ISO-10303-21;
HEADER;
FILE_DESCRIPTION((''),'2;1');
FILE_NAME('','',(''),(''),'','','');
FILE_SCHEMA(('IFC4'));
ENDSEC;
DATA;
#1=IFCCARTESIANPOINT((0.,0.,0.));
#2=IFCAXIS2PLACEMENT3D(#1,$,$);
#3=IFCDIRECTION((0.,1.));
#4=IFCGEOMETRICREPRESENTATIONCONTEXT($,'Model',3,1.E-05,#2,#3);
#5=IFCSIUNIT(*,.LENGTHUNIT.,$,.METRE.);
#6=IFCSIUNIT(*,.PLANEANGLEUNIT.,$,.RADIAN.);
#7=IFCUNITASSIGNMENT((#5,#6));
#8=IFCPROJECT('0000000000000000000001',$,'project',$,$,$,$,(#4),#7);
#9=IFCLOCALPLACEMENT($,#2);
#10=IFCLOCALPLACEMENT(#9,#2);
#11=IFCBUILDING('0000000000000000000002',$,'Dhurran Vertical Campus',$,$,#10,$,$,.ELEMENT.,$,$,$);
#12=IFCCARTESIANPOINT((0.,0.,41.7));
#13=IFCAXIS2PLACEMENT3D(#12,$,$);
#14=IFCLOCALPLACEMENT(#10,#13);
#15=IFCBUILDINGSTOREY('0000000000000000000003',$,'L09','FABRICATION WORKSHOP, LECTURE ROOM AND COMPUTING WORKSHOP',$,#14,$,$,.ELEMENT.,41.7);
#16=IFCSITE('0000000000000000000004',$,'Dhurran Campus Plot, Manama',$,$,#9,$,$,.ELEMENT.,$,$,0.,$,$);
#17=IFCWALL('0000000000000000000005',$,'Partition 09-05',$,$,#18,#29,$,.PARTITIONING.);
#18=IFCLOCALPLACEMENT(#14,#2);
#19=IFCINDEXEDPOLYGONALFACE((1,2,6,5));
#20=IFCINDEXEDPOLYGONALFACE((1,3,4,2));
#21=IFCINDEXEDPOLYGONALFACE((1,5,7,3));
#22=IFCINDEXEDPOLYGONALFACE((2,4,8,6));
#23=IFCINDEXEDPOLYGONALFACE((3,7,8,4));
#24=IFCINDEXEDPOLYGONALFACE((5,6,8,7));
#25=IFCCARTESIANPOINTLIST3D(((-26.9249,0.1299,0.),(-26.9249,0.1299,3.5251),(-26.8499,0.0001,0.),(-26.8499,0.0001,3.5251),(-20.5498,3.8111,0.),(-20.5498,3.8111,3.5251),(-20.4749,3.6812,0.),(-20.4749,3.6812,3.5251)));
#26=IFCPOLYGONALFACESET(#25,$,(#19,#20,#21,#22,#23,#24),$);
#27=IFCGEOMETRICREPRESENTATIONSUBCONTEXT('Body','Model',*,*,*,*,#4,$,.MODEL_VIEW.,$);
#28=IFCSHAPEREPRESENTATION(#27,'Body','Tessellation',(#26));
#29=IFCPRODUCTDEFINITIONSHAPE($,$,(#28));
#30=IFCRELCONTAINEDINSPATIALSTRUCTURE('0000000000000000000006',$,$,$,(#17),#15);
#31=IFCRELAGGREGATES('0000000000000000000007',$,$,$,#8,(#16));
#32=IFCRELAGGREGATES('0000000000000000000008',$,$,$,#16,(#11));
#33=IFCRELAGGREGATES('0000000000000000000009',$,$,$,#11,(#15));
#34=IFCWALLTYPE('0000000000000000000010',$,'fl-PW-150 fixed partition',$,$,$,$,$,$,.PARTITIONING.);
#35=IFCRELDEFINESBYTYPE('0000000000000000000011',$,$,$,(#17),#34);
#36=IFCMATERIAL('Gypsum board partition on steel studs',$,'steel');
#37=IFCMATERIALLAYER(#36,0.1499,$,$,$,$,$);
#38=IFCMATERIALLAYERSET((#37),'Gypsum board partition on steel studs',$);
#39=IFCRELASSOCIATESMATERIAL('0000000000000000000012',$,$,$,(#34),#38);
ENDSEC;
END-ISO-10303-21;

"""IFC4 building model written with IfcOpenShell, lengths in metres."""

from ifc_helpers import new_model, si_unit, direction, frame, frame_2d, origin, place, context, subcontext, project, spatial, rectangle, extrude, material, layer, layer_set, type_object, element, save


model = new_model("IFC4")

# Units and contexts
model_context = context("Model", 3, precision=1e-05, world=origin(), true_north=direction((0.0, 1.0)))
body_context = subcontext(model_context, "Body", "Model", "MODEL_VIEW")
ifc_project = project(units=[si_unit("LENGTHUNIT", "METRE"), si_unit("PLANEANGLEUNIT", "RADIAN")], contexts=[model_context])

# Site, building, storey
site_placement = place(None, origin())
site = spatial("IfcSite", under=ifc_project, at=site_placement, Name="Dhurran Campus Plot, Manama", CompositionType="ELEMENT", RefElevation=0.0)
building_placement = place(site_placement, origin())
building = spatial("IfcBuilding", under=site, at=building_placement, Name="Dhurran Vertical Campus", CompositionType="ELEMENT")
storey_placement = place(building_placement, frame((0.0, 0.0, 41.7)))
storey = spatial("IfcBuildingStorey", under=building, at=storey_placement, Name="L09", Description="FABRICATION WORKSHOP, LECTURE ROOM AND COMPUTING WORKSHOP", CompositionType="ELEMENT", Elevation=41.7)

# Wall
ifc_material_1 = material(Name="Gypsum board partition on steel studs", Category="steel")
ifc_layer_1 = layer(ifc_material_1, 0.1499)
ifc_layer_set_1 = layer_set([ifc_layer_1], Name="Gypsum board partition on steel studs")
wall_type_1 = type_object("IfcWallType", Name="fl-PW-150 fixed partition", PredefinedType="PARTITIONING", material=ifc_layer_set_1)
wall_1_placement = place(storey_placement, frame((-20.5125, 3.7461, 0.0), z_axis=(0.0, 0.0, 1.0), x_axis=(-0.865993, -0.500055, 0.0)))
element("IfcWall", 1, at=wall_1_placement, inside=storey, type_object=wall_type_1, Name="Partition 09-05", PredefinedType="PARTITIONING", context=body_context, shape_type="SweptSolid", body=[
    extrude(rectangle(XDim=7.3616, YDim=0.1499, at=frame_2d((3.6807, 0.0))), origin(), (0.0, 0.0, 1.0), 3.5251),
])

save(model, "model.ifc")
